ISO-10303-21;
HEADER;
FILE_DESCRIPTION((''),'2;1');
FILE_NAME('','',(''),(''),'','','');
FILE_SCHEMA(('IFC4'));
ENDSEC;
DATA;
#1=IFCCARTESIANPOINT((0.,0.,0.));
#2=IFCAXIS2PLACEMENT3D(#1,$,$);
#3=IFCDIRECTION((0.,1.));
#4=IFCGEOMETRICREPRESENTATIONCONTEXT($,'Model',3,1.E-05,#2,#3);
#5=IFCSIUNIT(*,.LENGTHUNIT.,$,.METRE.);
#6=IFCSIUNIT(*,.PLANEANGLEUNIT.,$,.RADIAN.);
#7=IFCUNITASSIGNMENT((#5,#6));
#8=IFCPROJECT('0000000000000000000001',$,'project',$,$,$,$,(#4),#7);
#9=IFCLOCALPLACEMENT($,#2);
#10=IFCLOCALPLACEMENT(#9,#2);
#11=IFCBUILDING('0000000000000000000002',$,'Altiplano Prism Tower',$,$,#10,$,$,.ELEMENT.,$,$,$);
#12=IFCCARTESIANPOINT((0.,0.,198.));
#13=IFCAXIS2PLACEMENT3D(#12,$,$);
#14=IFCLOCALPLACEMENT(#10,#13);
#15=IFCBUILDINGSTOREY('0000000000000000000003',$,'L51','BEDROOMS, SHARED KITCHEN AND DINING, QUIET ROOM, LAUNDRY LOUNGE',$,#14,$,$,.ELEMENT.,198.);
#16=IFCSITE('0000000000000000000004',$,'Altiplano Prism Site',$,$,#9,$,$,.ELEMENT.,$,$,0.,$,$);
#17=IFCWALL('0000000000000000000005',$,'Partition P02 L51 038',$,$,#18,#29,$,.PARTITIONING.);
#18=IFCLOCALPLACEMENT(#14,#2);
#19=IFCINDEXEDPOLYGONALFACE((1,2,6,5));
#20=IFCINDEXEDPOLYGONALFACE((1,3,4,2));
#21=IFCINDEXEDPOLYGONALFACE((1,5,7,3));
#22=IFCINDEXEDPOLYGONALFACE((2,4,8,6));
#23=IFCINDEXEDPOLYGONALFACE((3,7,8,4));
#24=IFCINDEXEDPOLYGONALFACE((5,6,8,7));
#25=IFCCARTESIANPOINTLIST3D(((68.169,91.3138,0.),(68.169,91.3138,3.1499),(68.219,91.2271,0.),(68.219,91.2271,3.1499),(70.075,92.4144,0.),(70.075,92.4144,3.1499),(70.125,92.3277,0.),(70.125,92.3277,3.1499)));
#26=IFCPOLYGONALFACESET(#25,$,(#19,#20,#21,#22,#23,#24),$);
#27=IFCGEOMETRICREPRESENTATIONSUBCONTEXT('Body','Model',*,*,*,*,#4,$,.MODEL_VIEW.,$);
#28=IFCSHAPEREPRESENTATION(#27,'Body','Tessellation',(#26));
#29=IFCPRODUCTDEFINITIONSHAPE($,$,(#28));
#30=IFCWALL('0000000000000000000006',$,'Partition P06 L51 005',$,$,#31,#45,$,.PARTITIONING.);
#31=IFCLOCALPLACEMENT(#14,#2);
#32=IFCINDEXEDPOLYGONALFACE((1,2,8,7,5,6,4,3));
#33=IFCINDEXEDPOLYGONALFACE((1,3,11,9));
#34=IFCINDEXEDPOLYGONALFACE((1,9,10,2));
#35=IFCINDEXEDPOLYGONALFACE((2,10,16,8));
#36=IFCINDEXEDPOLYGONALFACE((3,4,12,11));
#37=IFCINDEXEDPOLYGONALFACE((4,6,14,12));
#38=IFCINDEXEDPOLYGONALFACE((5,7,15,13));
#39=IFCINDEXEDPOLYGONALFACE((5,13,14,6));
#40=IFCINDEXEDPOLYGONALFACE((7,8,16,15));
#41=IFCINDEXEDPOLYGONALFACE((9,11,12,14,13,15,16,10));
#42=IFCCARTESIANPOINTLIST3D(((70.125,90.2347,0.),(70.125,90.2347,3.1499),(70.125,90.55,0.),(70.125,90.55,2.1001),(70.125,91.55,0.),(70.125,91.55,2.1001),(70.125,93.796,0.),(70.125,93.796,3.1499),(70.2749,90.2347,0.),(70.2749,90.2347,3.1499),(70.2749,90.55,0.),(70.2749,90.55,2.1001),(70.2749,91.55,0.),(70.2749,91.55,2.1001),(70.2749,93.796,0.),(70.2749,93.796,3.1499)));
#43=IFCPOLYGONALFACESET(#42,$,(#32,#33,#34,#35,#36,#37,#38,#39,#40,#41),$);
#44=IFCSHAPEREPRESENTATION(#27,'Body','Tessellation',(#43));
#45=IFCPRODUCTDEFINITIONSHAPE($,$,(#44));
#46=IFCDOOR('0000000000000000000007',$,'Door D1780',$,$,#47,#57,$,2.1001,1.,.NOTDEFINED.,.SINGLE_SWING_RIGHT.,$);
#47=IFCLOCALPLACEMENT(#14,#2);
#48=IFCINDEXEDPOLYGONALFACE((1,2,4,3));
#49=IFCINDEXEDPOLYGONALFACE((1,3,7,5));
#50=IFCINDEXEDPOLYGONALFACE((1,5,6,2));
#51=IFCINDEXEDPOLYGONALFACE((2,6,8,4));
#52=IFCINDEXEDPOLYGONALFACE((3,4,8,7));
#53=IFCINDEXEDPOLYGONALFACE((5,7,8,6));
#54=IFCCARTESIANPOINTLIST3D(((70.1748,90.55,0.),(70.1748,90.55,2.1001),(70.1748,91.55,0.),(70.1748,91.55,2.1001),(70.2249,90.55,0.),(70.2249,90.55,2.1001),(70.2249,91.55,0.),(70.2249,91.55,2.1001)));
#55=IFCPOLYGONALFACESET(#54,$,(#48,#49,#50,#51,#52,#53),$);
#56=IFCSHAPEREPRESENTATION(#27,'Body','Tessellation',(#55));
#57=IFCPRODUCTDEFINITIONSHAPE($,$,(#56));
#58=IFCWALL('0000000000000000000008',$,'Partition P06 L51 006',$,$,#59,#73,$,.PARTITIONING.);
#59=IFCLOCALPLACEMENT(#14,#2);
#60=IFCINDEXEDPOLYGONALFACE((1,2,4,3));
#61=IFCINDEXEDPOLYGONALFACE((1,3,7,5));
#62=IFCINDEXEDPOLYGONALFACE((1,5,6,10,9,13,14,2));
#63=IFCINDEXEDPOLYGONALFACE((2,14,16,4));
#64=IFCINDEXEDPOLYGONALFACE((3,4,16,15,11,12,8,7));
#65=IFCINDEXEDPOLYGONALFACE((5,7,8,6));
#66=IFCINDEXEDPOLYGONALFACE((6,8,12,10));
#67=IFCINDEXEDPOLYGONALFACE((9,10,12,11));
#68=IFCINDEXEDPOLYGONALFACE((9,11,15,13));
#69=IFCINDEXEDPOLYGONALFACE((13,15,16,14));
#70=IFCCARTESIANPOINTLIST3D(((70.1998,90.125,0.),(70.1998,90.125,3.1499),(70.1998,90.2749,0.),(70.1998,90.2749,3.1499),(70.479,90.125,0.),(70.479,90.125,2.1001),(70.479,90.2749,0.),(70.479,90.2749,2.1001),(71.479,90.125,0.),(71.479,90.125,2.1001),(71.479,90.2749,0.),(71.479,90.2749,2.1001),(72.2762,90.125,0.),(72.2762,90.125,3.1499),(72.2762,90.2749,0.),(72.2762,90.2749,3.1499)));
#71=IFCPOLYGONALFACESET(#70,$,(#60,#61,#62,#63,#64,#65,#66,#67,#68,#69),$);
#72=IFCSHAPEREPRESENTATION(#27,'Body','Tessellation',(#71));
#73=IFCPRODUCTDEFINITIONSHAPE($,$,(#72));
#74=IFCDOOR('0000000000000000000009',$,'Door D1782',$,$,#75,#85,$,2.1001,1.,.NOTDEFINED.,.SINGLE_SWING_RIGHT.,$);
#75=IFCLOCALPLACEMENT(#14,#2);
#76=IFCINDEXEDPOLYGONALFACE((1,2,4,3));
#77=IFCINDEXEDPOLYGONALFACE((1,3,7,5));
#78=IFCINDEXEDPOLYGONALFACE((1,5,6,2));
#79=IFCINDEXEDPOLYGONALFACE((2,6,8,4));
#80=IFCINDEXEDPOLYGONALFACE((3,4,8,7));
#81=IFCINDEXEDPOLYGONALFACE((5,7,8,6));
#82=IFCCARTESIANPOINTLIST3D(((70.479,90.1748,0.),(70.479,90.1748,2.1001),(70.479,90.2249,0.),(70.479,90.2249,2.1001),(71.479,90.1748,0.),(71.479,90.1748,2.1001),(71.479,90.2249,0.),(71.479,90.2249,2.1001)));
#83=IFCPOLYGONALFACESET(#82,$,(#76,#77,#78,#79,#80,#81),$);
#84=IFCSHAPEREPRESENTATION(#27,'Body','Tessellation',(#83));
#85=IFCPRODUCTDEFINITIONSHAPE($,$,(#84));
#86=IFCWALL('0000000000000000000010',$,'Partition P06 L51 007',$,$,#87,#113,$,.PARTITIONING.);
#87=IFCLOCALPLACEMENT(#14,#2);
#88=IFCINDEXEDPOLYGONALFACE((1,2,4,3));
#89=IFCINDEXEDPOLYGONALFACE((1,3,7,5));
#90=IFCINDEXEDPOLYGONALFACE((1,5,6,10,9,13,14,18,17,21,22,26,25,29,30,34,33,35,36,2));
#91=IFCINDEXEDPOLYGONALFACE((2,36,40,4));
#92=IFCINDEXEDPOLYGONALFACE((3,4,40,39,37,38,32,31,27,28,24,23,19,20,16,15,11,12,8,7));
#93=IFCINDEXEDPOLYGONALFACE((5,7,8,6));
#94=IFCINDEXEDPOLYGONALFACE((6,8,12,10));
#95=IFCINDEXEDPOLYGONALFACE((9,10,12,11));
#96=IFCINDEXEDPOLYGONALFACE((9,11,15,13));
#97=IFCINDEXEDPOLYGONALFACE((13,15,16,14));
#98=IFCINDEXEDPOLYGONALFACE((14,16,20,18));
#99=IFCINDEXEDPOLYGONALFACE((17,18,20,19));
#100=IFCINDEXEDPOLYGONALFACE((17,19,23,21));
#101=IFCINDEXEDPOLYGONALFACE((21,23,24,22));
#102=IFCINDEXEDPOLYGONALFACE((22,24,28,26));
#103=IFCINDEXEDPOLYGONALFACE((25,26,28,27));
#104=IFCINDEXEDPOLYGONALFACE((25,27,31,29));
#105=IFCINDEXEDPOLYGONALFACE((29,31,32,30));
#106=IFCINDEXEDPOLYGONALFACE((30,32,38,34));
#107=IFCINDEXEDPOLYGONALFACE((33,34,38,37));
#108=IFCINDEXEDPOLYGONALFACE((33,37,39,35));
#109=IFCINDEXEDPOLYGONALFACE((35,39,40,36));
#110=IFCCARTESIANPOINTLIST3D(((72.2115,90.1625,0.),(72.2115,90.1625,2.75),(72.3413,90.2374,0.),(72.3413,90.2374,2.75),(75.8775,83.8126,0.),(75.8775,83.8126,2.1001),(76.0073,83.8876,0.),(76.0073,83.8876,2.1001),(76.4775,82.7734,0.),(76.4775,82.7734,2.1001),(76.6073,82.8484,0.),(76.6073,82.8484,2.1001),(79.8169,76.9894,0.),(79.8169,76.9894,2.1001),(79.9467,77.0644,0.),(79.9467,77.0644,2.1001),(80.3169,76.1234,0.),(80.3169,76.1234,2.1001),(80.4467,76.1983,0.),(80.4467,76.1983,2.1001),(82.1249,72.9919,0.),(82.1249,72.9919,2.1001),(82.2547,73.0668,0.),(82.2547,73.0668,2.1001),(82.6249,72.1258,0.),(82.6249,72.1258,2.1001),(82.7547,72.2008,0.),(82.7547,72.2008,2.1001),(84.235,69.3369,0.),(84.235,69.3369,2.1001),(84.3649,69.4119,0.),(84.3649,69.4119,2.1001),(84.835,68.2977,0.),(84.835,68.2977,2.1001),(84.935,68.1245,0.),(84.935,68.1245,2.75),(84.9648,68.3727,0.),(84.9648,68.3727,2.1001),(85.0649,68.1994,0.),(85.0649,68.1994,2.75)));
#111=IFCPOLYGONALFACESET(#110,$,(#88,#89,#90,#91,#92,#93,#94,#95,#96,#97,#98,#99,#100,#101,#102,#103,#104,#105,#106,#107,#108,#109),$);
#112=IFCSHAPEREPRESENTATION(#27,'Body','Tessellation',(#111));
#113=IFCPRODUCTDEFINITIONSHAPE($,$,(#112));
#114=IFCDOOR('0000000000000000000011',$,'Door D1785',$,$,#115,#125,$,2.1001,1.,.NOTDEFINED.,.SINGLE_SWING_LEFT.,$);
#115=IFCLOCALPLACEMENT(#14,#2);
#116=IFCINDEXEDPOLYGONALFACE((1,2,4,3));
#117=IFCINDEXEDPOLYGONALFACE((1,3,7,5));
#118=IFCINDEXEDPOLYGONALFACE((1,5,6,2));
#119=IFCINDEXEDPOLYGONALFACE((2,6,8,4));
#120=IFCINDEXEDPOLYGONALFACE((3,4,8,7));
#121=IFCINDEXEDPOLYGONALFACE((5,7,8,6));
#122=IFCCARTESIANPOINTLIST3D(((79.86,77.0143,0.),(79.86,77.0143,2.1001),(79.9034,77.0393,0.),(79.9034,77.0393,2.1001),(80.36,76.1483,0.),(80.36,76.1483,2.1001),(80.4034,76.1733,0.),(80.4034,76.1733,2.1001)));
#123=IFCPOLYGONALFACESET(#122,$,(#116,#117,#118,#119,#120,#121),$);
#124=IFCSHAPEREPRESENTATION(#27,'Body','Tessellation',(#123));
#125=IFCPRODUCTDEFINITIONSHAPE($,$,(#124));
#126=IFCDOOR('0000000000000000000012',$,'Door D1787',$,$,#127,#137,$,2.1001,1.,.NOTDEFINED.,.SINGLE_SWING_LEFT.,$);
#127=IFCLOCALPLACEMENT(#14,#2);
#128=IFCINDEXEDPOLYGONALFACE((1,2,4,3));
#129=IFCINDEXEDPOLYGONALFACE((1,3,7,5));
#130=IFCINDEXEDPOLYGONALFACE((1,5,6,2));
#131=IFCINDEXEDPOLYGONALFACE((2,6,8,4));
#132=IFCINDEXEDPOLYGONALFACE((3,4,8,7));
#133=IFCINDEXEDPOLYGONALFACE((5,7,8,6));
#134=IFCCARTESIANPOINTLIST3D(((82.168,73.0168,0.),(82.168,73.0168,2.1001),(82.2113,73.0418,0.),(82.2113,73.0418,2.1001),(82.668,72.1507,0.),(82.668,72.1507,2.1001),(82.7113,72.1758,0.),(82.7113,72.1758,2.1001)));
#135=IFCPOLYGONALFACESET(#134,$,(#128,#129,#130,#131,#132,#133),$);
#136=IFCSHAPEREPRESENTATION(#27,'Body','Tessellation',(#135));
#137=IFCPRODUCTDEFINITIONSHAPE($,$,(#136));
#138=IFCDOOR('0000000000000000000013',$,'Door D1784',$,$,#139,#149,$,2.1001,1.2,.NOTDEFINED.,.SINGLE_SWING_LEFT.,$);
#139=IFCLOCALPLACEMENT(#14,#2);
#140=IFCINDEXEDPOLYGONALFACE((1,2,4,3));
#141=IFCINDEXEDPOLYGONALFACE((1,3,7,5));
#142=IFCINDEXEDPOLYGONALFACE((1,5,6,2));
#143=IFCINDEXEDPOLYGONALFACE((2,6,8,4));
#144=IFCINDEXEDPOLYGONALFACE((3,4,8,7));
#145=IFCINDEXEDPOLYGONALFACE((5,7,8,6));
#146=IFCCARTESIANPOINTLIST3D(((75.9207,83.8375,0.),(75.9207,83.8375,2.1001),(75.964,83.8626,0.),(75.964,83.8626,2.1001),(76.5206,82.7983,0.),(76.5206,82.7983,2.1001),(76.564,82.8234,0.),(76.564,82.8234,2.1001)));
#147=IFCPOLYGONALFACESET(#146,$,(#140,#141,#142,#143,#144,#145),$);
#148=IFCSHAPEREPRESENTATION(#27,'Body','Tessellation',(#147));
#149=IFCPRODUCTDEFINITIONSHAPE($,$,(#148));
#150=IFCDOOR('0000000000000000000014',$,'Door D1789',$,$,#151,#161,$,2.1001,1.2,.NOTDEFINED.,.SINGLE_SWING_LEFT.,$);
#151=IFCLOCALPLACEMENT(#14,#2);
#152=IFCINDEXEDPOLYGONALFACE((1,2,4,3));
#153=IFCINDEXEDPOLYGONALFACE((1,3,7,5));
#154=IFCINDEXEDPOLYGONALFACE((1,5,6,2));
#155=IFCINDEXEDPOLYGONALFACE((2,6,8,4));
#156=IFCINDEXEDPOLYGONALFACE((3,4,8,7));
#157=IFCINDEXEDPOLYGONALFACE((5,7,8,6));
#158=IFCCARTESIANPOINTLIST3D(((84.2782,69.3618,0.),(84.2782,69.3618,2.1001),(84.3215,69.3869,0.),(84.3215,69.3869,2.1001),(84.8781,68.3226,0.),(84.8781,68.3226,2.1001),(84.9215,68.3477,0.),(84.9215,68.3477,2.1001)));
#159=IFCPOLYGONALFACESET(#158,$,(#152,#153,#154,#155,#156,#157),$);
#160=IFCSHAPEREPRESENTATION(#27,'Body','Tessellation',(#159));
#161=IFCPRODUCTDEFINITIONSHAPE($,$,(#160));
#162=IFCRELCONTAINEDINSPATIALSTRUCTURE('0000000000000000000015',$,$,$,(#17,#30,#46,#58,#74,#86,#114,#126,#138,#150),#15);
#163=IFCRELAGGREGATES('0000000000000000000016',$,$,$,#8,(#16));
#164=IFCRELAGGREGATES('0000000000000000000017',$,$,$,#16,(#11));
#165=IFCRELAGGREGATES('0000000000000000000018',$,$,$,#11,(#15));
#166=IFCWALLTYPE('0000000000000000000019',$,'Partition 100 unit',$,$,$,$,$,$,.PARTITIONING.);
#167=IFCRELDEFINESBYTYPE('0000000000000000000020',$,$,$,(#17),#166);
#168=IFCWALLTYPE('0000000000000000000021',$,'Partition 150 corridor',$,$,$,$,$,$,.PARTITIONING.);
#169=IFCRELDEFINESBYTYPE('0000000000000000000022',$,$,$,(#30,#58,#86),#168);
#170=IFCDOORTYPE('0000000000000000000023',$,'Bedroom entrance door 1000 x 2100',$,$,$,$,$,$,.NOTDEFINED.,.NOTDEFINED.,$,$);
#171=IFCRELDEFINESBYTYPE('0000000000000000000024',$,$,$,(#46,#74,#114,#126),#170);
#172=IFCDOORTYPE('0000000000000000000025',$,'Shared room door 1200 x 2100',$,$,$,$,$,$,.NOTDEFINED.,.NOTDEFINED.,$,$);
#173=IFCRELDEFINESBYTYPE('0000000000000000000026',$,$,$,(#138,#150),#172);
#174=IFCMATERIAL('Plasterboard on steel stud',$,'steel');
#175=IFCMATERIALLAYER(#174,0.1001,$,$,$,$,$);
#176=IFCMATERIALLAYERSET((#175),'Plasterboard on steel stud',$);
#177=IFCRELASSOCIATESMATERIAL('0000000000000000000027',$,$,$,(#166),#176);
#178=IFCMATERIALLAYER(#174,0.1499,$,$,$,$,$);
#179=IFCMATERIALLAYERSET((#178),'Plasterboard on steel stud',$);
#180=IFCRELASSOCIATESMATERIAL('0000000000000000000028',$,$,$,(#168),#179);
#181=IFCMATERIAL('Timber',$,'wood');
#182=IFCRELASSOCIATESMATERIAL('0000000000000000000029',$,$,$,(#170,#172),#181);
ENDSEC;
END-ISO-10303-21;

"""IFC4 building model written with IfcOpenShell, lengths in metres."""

from ifc_helpers import new_model, si_unit, direction, frame, frame_2d, origin, place, context, subcontext, project, spatial, rectangle, extrude, material, layer, layer_set, type_object, element, fill, save


model = new_model("IFC4")

# Units and contexts
model_context = context("Model", 3, precision=1e-05, world=origin(), true_north=direction((0.0, 1.0)))
body_context = subcontext(model_context, "Body", "Model", "MODEL_VIEW")
ifc_project = project(units=[si_unit("LENGTHUNIT", "METRE"), si_unit("PLANEANGLEUNIT", "RADIAN")], contexts=[model_context])

# Site, building, storey
site_placement = place(None, origin())
site = spatial("IfcSite", under=ifc_project, at=site_placement, Name="Altiplano Prism Site", CompositionType="ELEMENT", RefElevation=0.0)
building_placement = place(site_placement, origin())
building = spatial("IfcBuilding", under=site, at=building_placement, Name="Altiplano Prism Tower", CompositionType="ELEMENT")
storey_placement = place(building_placement, frame((0.0, 0.0, 198.0)))
storey = spatial("IfcBuildingStorey", under=building, at=storey_placement, Name="L51", Description="BEDROOMS, SHARED KITCHEN AND DINING, QUIET ROOM, LAUNDRY LOUNGE", CompositionType="ELEMENT", Elevation=198.0)

# Wall
ifc_material_1 = material(Name="Plasterboard on steel stud", Category="steel")
ifc_layer_1 = layer(ifc_material_1, 0.1001)
ifc_layer_set_1 = layer_set([ifc_layer_1], Name="Plasterboard on steel stud")
wall_type_1 = type_object("IfcWallType", Name="Partition 100 unit", PredefinedType="PARTITIONING", material=ifc_layer_set_1)
wall_1_placement = place(storey_placement, frame((70.1001, 92.3711, 0.0), z_axis=(0.0, 0.0, 1.0), x_axis=(-0.865995, -0.500052, 0.0)))
element("IfcWall", 1, at=wall_1_placement, inside=storey, type_object=wall_type_1, Name="Partition P02 L51 038", PredefinedType="PARTITIONING", context=body_context, shape_type="SweptSolid", body=[
    extrude(rectangle(XDim=2.2009, YDim=0.1001, at=frame_2d((1.1006, 0.0))), origin(), (0.0, 0.0, 1.0), 3.1499),
])

# Walls, openings, doors
ifc_layer_2 = layer(ifc_material_1, 0.1499)
ifc_layer_set_2 = layer_set([ifc_layer_2], Name="Plasterboard on steel stud")
wall_type_2 = type_object("IfcWallType", Name="Partition 150 corridor", PredefinedType="PARTITIONING", material=ifc_layer_set_2)
wall_2_placement = place(storey_placement, frame((70.2, 93.7961, 0.0), z_axis=(0.0, 0.0, 1.0), x_axis=(0.0, -1.0, 0.0)))
wall_2 = element("IfcWall", 2, at=wall_2_placement, inside=storey, type_object=wall_type_2, Name="Partition P06 L51 005", PredefinedType="PARTITIONING", context=body_context, shape_type="SweptSolid", body=[
    extrude(rectangle(XDim=3.5613, YDim=0.1499, at=frame_2d((1.7808, 0.0))), origin(), (0.0, 0.0, 1.0), 3.1499),
])
opening_1_placement = place(wall_2_placement, frame((2.2461, 0.0, 0.0)))
opening_1 = element("IfcOpeningElement", 3, at=opening_1_placement, cuts=wall_2, PredefinedType="OPENING", context=body_context, shape_type="SweptSolid", body=[
    extrude(rectangle(XDim=1.0, YDim=2.1001, at=frame_2d((0.5, 1.05))), frame((0.0, 0.0854, 0.0), z_axis=(0.0, -1.0, 0.0), x_axis=(1.0, 0.0, 0.0)), (0.0, 0.0, 1.0), 0.1709),
])
ifc_material_2 = material(Name="Timber", Category="wood")
door_type_1 = type_object("IfcDoorType", Name="Bedroom entrance door 1000 x 2100", OperationType="NOTDEFINED", PredefinedType="NOTDEFINED", material=ifc_material_2)
door_1_placement = place(opening_1_placement, origin())
door_1 = element("IfcDoor", 4, at=door_1_placement, inside=storey, type_object=door_type_1, Name="Door D1780", OperationType="SINGLE_SWING_RIGHT", OverallHeight=2.1001, OverallWidth=1.0, PredefinedType="NOTDEFINED", context=body_context, shape_type="SweptSolid", body=[
    extrude(rectangle(XDim=1.0, YDim=2.1001, at=frame_2d((0.5, 1.05))), frame((0.0, 0.0249, 0.0), z_axis=(0.0, -1.0, 0.0), x_axis=(1.0, 0.0, 0.0)), (0.0, 0.0, 1.0), 0.05),
])
fill(opening_1, door_1)
wall_3_placement = place(storey_placement, frame((70.2, 90.2, 0.0), z_axis=(0.0, 0.0, 1.0), x_axis=(1.0, 0.0, 0.0)))
wall_3 = element("IfcWall", 5, at=wall_3_placement, inside=storey, type_object=wall_type_2, Name="Partition P06 L51 006", PredefinedType="PARTITIONING", context=body_context, shape_type="SweptSolid", body=[
    extrude(rectangle(XDim=2.0764, YDim=0.1499, at=frame_2d((1.0381, 0.0))), origin(), (0.0, 0.0, 1.0), 3.1499),
])
opening_2_placement = place(wall_3_placement, frame((0.2791, 0.0, 0.0)))
opening_2 = element("IfcOpeningElement", 6, at=opening_2_placement, cuts=wall_3, PredefinedType="OPENING", context=body_context, shape_type="SweptSolid", body=[
    extrude(rectangle(XDim=1.0, YDim=2.1001, at=frame_2d((0.5, 1.05))), frame((0.0, 0.0854, 0.0), z_axis=(0.0, -1.0, 0.0), x_axis=(1.0, 0.0, 0.0)), (0.0, 0.0, 1.0), 0.1709),
])
door_2_placement = place(opening_2_placement, origin())
door_2 = element("IfcDoor", 7, at=door_2_placement, inside=storey, type_object=door_type_1, Name="Door D1782", OperationType="SINGLE_SWING_RIGHT", OverallHeight=2.1001, OverallWidth=1.0, PredefinedType="NOTDEFINED", context=body_context, shape_type="SweptSolid", body=[
    extrude(rectangle(XDim=1.0, YDim=2.1001, at=frame_2d((0.5, 1.05))), frame((0.0, 0.0249, 0.0), z_axis=(0.0, -1.0, 0.0), x_axis=(1.0, 0.0, 0.0)), (0.0, 0.0, 1.0), 0.05),
])
fill(opening_2, door_2)

# Wall, openings, doors
wall_4_placement = place(storey_placement, frame((72.2764, 90.2, 0.0), z_axis=(0.0, 0.0, 1.0), x_axis=(0.499998, -0.866026, 0.0)))
wall_4 = element("IfcWall", 8, at=wall_4_placement, inside=storey, type_object=wall_type_2, Name="Partition P06 L51 007", PredefinedType="PARTITIONING", context=body_context, shape_type="SweptSolid", body=[
    extrude(rectangle(XDim=25.4473, YDim=0.1499, at=frame_2d((12.7236, 0.0))), origin(), (0.0, 0.0, 1.0), 2.75),
])
opening_3_placement = place(wall_4_placement, frame((7.332, 0.0, 0.0)))
opening_3 = element("IfcOpeningElement", 9, at=opening_3_placement, cuts=wall_4, PredefinedType="OPENING", context=body_context, shape_type="SweptSolid", body=[
    extrude(rectangle(XDim=1.2, YDim=2.1001, at=frame_2d((0.6001, 1.05))), frame((0.0, 0.0854, 0.0), z_axis=(0.0, -1.0, 0.0), x_axis=(1.0, 0.0, 0.0)), (0.0, 0.0, 1.0), 0.1709),
])
opening_4_placement = place(wall_4_placement, frame((15.2109, 0.0, 0.0)))
opening_4 = element("IfcOpeningElement", 10, at=opening_4_placement, cuts=wall_4, PredefinedType="OPENING", context=body_context, shape_type="SweptSolid", body=[
    extrude(rectangle(XDim=1.0, YDim=2.1001, at=frame_2d((0.5, 1.05))), frame((0.0, 0.0854, 0.0), z_axis=(0.0, -1.0, 0.0), x_axis=(1.0, 0.0, 0.0)), (0.0, 0.0, 1.0), 0.1709),
])
opening_5_placement = place(wall_4_placement, frame((19.8269, 0.0, 0.0)))
opening_5 = element("IfcOpeningElement", 11, at=opening_5_placement, cuts=wall_4, PredefinedType="OPENING", context=body_context, shape_type="SweptSolid", body=[
    extrude(rectangle(XDim=1.0, YDim=2.1001, at=frame_2d((0.5, 1.05))), frame((0.0, 0.0854, 0.0), z_axis=(0.0, -1.0, 0.0), x_axis=(1.0, 0.0, 0.0)), (0.0, 0.0, 1.0), 0.1709),
])
opening_6_placement = place(wall_4_placement, frame((24.0471, 0.0, 0.0)))
opening_6 = element("IfcOpeningElement", 12, at=opening_6_placement, cuts=wall_4, PredefinedType="OPENING", context=body_context, shape_type="SweptSolid", body=[
    extrude(rectangle(XDim=1.2, YDim=2.1001, at=frame_2d((0.6001, 1.05))), frame((0.0, 0.0854, 0.0), z_axis=(0.0, -1.0, 0.0), x_axis=(1.0, 0.0, 0.0)), (0.0, 0.0, 1.0), 0.1709),
])
door_3_placement = place(opening_4_placement, origin())
door_3 = element("IfcDoor", 13, at=door_3_placement, inside=storey, type_object=door_type_1, Name="Door D1785", OperationType="SINGLE_SWING_LEFT", OverallHeight=2.1001, OverallWidth=1.0, PredefinedType="NOTDEFINED", context=body_context, shape_type="SweptSolid", body=[
    extrude(rectangle(XDim=1.0, YDim=2.1001, at=frame_2d((0.5, 1.05))), frame((0.0, 0.0249, 0.0), z_axis=(0.0, -1.0, 0.0), x_axis=(1.0, 0.0, 0.0)), (0.0, 0.0, 1.0), 0.05),
])
fill(opening_4, door_3)
door_4_placement = place(opening_5_placement, origin())
door_4 = element("IfcDoor", 14, at=door_4_placement, inside=storey, type_object=door_type_1, Name="Door D1787", OperationType="SINGLE_SWING_LEFT", OverallHeight=2.1001, OverallWidth=1.0, PredefinedType="NOTDEFINED", context=body_context, shape_type="SweptSolid", body=[
    extrude(rectangle(XDim=1.0, YDim=2.1001, at=frame_2d((0.5, 1.05))), frame((0.0, 0.0249, 0.0), z_axis=(0.0, -1.0, 0.0), x_axis=(1.0, 0.0, 0.0)), (0.0, 0.0, 1.0), 0.05),
])
fill(opening_5, door_4)
door_type_2 = type_object("IfcDoorType", Name="Shared room door 1200 x 2100", OperationType="NOTDEFINED", PredefinedType="NOTDEFINED", material=ifc_material_2)
door_5_placement = place(opening_3_placement, origin())
door_5 = element("IfcDoor", 15, at=door_5_placement, inside=storey, type_object=door_type_2, Name="Door D1784", OperationType="SINGLE_SWING_LEFT", OverallHeight=2.1001, OverallWidth=1.2, PredefinedType="NOTDEFINED", context=body_context, shape_type="SweptSolid", body=[
    extrude(rectangle(XDim=1.2, YDim=2.1001, at=frame_2d((0.6001, 1.05))), frame((0.0, 0.0249, 0.0), z_axis=(0.0, -1.0, 0.0), x_axis=(1.0, 0.0, 0.0)), (0.0, 0.0, 1.0), 0.05),
])
fill(opening_3, door_5)
door_6_placement = place(opening_6_placement, origin())
door_6 = element("IfcDoor", 16, at=door_6_placement, inside=storey, type_object=door_type_2, Name="Door D1789", OperationType="SINGLE_SWING_LEFT", OverallHeight=2.1001, OverallWidth=1.2, PredefinedType="NOTDEFINED", context=body_context, shape_type="SweptSolid", body=[
    extrude(rectangle(XDim=1.2, YDim=2.1001, at=frame_2d((0.6001, 1.05))), frame((0.0, 0.0249, 0.0), z_axis=(0.0, -1.0, 0.0), x_axis=(1.0, 0.0, 0.0)), (0.0, 0.0, 1.0), 0.05),
])
fill(opening_6, door_6)

save(model, "model.ifc")
